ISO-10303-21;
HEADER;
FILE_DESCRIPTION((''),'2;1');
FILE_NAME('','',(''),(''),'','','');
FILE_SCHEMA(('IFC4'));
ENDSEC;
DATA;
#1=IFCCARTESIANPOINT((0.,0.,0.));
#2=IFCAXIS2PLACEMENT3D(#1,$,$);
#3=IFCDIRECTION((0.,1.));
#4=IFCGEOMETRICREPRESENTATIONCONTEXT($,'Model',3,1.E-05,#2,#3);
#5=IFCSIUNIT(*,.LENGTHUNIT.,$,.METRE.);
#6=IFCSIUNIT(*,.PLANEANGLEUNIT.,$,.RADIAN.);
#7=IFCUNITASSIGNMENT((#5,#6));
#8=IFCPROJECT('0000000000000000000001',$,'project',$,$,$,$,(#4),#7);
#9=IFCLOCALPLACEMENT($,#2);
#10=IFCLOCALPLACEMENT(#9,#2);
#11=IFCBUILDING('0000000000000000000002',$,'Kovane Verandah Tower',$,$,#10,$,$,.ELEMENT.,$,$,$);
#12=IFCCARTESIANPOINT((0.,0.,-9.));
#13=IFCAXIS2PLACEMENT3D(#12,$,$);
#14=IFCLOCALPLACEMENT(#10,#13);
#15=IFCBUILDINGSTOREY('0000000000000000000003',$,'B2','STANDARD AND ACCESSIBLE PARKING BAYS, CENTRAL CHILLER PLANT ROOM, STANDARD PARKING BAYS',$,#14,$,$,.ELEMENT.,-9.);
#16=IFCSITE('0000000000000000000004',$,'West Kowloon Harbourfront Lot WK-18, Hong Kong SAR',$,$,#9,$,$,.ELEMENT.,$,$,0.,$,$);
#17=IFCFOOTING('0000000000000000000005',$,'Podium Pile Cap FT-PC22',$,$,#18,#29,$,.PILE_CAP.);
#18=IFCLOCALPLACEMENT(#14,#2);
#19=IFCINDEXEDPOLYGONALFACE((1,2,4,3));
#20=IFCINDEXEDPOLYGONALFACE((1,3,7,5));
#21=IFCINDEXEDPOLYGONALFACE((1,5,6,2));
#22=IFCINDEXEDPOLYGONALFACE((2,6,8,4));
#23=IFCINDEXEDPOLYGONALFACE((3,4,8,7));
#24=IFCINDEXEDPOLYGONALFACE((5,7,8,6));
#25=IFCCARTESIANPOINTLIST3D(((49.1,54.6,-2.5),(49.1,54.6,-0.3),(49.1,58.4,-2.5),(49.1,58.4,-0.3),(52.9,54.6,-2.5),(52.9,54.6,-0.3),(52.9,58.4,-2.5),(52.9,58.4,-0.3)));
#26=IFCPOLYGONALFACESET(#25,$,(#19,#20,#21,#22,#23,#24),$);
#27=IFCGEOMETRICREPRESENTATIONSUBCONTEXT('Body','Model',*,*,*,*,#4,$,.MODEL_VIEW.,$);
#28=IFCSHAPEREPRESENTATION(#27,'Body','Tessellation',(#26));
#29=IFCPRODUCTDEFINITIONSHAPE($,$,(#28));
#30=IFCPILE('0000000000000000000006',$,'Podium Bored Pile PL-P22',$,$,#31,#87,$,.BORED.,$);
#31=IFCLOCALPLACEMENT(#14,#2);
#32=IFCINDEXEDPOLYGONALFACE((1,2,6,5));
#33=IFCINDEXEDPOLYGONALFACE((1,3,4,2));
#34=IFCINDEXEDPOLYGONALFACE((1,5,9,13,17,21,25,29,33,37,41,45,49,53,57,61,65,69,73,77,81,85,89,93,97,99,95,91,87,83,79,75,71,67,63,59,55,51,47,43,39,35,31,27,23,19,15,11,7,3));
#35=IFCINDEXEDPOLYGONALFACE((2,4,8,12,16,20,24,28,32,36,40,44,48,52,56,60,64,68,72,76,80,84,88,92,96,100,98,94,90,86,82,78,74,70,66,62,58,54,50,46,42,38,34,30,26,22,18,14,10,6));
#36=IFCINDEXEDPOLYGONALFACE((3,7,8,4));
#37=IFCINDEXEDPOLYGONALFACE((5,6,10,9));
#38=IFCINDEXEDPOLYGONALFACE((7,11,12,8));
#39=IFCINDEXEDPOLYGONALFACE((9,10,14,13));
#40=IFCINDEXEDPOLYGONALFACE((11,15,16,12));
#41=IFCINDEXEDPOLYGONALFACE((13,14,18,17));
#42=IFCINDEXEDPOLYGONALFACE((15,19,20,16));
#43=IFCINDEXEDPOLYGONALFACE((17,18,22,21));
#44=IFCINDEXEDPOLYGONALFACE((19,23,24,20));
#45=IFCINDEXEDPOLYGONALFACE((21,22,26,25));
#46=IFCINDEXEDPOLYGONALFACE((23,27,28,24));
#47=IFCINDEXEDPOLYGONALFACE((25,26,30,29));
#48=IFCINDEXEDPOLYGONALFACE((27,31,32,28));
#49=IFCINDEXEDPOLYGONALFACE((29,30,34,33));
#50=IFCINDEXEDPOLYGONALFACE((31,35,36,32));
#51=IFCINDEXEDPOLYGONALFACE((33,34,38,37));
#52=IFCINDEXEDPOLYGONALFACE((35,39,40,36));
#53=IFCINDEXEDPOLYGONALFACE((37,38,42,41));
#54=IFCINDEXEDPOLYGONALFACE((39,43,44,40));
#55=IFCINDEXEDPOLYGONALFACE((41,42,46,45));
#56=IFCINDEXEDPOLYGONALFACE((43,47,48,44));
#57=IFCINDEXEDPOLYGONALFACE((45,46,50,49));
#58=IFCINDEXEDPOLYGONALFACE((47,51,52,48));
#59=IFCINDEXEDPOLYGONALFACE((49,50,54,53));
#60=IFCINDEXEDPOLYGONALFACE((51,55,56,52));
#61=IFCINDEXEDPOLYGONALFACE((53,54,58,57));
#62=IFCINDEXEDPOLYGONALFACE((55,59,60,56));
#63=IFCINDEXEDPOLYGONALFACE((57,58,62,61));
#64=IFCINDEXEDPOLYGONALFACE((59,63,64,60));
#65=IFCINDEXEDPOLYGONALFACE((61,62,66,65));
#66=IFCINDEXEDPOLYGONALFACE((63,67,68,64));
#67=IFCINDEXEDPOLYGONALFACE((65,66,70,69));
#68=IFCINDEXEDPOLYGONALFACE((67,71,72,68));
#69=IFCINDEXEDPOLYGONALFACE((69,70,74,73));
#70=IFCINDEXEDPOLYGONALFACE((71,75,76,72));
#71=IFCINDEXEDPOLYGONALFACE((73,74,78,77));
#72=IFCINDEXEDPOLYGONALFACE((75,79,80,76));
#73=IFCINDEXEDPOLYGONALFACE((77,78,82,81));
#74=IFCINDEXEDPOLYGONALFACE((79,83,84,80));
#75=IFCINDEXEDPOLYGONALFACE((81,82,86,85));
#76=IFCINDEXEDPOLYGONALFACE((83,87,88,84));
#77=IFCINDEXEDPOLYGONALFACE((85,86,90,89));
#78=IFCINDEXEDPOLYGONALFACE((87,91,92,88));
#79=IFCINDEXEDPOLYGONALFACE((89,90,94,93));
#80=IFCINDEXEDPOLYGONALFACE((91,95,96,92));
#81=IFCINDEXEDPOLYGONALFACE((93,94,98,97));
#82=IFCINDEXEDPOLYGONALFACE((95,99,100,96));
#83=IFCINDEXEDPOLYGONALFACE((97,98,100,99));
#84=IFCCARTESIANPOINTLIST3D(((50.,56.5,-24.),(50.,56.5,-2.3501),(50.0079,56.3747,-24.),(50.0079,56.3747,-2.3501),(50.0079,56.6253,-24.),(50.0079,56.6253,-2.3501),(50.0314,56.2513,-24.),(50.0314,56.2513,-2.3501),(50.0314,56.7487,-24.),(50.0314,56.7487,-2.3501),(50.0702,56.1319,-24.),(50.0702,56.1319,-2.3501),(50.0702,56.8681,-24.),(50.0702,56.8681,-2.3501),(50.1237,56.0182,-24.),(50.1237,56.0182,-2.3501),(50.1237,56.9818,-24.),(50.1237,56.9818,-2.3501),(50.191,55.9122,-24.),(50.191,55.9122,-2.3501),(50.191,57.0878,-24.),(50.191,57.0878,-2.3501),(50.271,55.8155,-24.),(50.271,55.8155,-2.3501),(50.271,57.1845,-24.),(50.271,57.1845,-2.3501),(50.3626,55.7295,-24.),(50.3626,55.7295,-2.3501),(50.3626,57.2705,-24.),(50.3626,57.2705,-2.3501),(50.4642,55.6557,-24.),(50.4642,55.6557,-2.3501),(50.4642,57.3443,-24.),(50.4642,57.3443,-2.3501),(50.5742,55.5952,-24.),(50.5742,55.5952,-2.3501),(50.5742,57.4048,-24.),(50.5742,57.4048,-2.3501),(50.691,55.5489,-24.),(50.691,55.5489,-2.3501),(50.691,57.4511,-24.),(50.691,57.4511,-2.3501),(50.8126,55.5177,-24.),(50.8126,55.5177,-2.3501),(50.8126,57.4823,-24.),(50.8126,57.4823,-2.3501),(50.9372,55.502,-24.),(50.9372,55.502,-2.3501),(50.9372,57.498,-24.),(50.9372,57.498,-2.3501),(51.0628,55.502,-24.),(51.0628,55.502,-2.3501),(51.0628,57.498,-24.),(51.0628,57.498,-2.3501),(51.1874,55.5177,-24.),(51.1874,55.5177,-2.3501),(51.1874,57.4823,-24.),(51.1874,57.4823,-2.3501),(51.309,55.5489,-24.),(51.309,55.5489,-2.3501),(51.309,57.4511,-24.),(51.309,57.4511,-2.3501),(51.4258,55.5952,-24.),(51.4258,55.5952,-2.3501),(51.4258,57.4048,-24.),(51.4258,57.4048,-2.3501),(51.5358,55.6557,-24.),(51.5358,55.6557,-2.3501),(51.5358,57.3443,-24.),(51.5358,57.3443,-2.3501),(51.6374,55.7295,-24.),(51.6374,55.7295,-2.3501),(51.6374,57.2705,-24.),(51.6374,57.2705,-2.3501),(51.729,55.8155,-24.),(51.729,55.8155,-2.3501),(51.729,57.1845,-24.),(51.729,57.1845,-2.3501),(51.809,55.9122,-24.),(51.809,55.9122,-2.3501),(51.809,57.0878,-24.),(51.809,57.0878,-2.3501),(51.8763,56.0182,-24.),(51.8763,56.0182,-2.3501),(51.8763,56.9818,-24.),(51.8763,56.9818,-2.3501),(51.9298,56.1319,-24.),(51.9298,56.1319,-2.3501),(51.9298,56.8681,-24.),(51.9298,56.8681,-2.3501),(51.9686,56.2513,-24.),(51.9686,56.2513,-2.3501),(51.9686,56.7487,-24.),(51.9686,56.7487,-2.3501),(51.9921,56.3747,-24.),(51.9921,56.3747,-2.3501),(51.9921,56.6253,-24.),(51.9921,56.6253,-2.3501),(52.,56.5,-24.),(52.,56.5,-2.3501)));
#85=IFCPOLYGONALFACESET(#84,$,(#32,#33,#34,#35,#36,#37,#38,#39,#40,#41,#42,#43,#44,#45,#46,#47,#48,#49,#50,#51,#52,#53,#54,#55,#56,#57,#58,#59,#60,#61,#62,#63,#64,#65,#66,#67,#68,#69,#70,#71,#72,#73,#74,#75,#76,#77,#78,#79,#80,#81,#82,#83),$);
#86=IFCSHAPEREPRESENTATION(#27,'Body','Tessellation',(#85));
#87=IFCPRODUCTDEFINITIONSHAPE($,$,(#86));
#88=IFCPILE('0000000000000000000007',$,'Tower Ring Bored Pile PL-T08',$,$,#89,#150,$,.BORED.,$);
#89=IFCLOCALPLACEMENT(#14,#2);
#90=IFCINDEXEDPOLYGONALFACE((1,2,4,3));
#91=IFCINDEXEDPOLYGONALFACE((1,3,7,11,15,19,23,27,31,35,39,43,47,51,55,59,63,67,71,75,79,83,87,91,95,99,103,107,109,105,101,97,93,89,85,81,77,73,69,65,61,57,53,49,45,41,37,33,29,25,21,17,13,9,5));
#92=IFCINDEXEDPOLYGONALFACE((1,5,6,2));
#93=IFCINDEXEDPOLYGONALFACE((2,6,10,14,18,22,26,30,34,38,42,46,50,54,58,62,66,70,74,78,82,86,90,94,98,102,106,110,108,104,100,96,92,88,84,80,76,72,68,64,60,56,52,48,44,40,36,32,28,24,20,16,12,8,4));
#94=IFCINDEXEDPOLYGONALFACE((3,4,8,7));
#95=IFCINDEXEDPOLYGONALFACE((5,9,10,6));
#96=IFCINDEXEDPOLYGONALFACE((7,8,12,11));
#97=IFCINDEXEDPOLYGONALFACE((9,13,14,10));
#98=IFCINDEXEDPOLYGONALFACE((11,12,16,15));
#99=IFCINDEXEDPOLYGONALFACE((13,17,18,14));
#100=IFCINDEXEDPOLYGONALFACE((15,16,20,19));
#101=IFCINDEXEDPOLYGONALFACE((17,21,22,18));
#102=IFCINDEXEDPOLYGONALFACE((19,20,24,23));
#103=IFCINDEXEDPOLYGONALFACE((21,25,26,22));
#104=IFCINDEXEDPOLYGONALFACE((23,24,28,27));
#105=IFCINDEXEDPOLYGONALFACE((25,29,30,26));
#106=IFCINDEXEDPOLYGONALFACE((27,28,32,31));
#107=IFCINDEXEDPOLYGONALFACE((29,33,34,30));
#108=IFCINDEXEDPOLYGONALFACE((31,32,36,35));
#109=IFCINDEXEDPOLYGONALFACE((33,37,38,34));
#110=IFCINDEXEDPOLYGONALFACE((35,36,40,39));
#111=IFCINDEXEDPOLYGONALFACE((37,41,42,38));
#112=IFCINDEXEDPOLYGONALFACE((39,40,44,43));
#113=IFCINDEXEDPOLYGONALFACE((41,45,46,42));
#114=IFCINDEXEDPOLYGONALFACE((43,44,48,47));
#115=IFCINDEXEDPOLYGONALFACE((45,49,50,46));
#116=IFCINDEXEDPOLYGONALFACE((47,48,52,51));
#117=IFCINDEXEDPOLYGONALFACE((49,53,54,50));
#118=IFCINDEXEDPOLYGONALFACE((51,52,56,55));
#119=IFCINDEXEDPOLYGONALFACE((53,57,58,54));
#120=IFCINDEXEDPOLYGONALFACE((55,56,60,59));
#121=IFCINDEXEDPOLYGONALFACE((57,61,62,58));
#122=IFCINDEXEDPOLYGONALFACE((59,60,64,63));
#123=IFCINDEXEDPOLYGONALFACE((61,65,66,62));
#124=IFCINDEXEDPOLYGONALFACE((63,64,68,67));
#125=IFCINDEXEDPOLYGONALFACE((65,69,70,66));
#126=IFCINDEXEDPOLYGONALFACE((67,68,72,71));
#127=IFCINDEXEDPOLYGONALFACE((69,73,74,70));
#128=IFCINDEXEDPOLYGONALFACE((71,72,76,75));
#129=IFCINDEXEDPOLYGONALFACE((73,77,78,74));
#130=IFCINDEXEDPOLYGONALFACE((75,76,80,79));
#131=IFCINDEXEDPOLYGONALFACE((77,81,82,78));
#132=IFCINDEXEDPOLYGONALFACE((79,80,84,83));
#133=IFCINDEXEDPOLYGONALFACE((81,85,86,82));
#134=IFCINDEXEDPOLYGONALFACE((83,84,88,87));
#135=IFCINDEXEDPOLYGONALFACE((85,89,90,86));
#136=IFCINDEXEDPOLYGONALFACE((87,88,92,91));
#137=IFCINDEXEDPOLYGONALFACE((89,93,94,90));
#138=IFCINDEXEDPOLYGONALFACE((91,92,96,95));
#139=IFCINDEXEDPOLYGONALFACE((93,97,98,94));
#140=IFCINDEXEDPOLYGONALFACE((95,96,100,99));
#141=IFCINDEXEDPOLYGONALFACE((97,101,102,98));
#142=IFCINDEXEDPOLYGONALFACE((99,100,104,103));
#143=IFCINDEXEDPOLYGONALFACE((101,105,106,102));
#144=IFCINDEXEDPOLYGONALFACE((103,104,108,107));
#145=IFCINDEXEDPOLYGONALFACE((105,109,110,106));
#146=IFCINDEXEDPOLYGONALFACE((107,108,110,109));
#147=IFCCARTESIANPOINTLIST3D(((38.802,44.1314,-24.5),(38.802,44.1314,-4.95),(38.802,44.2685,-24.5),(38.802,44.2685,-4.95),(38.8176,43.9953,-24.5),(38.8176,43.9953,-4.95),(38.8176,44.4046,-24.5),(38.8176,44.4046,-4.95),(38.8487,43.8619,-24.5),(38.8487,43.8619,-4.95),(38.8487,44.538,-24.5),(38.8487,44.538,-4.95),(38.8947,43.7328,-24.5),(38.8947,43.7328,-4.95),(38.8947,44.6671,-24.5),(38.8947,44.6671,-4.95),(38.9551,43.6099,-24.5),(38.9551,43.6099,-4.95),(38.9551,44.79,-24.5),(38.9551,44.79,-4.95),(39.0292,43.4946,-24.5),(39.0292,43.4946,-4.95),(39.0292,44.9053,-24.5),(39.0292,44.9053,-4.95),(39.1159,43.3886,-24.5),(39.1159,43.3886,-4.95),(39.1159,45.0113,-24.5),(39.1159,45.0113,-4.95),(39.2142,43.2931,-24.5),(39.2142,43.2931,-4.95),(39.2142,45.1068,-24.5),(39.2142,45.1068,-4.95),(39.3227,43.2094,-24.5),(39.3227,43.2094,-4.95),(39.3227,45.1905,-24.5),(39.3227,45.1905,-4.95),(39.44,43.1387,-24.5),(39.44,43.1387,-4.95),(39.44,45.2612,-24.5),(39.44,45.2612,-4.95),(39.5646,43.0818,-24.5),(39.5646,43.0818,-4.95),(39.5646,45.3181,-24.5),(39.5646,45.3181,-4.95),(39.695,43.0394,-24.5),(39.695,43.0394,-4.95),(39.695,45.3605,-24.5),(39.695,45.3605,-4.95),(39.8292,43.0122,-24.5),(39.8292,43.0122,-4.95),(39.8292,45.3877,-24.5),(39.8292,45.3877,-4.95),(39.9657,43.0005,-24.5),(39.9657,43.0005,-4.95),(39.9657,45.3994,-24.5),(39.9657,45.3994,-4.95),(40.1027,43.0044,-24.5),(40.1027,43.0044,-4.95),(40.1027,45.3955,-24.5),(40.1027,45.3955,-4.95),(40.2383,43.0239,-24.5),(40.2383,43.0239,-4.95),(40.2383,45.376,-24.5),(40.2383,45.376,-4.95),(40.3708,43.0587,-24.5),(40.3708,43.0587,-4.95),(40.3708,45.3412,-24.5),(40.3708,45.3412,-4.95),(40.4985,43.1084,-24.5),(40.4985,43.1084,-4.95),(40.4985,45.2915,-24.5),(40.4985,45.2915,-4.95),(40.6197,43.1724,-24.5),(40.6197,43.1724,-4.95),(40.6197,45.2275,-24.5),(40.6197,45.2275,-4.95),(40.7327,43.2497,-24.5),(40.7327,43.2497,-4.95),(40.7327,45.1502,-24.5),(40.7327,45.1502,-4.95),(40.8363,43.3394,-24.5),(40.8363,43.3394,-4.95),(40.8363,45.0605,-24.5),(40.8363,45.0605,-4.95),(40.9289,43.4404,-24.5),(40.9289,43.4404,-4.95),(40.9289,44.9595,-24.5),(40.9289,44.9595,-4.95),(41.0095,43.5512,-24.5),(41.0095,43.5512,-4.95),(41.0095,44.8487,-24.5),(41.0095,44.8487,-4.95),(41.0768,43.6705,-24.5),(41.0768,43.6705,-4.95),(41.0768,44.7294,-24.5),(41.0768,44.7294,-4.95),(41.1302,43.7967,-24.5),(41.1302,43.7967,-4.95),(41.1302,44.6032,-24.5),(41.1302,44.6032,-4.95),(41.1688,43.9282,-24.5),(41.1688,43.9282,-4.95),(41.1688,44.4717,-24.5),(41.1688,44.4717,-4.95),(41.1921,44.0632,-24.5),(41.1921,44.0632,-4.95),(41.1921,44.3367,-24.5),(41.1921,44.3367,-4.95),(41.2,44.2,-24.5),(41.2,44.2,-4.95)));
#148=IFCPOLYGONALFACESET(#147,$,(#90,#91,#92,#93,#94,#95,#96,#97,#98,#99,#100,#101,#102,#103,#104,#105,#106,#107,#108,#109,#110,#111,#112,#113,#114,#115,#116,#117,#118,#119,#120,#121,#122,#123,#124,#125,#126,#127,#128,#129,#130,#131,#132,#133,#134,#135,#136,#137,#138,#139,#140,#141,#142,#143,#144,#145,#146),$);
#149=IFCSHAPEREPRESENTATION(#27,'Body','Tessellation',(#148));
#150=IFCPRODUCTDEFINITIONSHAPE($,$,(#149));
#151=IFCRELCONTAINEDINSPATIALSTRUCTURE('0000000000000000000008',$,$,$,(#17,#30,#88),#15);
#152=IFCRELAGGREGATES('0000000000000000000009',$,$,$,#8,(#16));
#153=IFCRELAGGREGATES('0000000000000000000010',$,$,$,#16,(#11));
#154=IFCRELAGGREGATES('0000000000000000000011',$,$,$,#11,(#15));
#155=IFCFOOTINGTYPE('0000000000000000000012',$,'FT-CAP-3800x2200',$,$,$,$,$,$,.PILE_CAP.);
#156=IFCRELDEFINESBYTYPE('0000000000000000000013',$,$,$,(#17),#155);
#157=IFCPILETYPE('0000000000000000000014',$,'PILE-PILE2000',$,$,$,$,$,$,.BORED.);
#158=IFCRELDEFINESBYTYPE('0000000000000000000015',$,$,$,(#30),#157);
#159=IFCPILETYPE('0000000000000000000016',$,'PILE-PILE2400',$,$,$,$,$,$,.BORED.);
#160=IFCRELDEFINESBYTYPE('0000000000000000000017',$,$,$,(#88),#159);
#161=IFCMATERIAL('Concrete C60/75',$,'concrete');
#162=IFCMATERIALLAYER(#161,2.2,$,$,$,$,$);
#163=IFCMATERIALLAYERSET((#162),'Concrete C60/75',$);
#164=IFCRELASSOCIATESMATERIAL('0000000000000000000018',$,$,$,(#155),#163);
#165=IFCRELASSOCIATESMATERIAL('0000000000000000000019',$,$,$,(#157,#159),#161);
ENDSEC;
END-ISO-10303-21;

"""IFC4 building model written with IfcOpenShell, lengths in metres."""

from ifc_helpers import new_model, si_unit, direction, frame, origin, origin_2d, place, context, subcontext, project, spatial, rectangle, circle, extrude, material, layer, layer_set, material_profile, profile_set, type_object, element, save


model = new_model("IFC4")

# Units and contexts
model_context = context("Model", 3, precision=1e-05, world=origin(), true_north=direction((0.0, 1.0)))
body_context = subcontext(model_context, "Body", "Model", "MODEL_VIEW")
ifc_project = project(units=[si_unit("LENGTHUNIT", "METRE"), si_unit("PLANEANGLEUNIT", "RADIAN")], contexts=[model_context])

# Site, building, storey
site_placement = place(None, origin())
site = spatial("IfcSite", under=ifc_project, at=site_placement, Name="West Kowloon Harbourfront Lot WK-18, Hong Kong SAR", CompositionType="ELEMENT", RefElevation=0.0)
building_placement = place(site_placement, origin())
building = spatial("IfcBuilding", under=site, at=building_placement, Name="Kovane Verandah Tower", CompositionType="ELEMENT")
storey_placement = place(building_placement, frame((0.0, 0.0, -9.0)))
storey = spatial("IfcBuildingStorey", under=building, at=storey_placement, Name="B2", Description="STANDARD AND ACCESSIBLE PARKING BAYS, CENTRAL CHILLER PLANT ROOM, STANDARD PARKING BAYS", CompositionType="ELEMENT", Elevation=-9.0)

# Footing
ifc_material_1 = material(Name="Concrete C60/75", Category="concrete")
ifc_layer_1 = layer(ifc_material_1, 2.2)
ifc_layer_set_1 = layer_set([ifc_layer_1], Name="Concrete C60/75")
footing_type = type_object("IfcFootingType", Name="FT-CAP-3800x2200", PredefinedType="PILE_CAP", material=ifc_layer_set_1)
footing_placement = place(storey_placement, frame((51.0, 56.5, -2.5), z_axis=(0.0, 0.0, 1.0), x_axis=(1.0, 0.0, 0.0)))
element("IfcFooting", 1, at=footing_placement, inside=storey, type_object=footing_type, Name="Podium Pile Cap FT-PC22", PredefinedType="PILE_CAP", context=body_context, shape_type="SweptSolid", body=[
    extrude(rectangle(XDim=3.8, YDim=3.8, at=origin_2d()), origin(), (0.0, 0.0, 1.0), 2.2),
])

# Piles
ifc_material_profile_1 = material_profile(ifc_material_1, circle(Radius=1.0, at=origin_2d()), Name="PILE2000")
ifc_profile_set_1 = profile_set([ifc_material_profile_1], Name="Concrete C60/75")
pile_type_1 = type_object("IfcPileType", Name="PILE-PILE2000", PredefinedType="BORED", material=ifc_profile_set_1)
pile_placement = place(storey_placement, frame((51.0, 56.5, -2.3501), z_axis=(0.0, 0.0, -1.0), x_axis=(1.0, 0.0, 0.0)))
element("IfcPile", 2, at=pile_placement, inside=storey, type_object=pile_type_1, Name="Podium Bored Pile PL-P22", PredefinedType="BORED", context=body_context, shape_type="SweptSolid", body=[
    extrude(circle(Radius=1.0, at=origin_2d()), origin(), (0.0, 0.0, 1.0), 21.6499),
])
ifc_material_profile_2 = material_profile(ifc_material_1, circle(Radius=1.2, at=origin_2d()), Name="PILE2400")
ifc_profile_set_2 = profile_set([ifc_material_profile_2], Name="Concrete C60/75")
pile_type_2 = type_object("IfcPileType", Name="PILE-PILE2400", PredefinedType="BORED", material=ifc_profile_set_2)
for number, where, z_axis, x_axis, name in (
    (3, (40.0, 44.2, -4.95), (0.0, 0.0, -1.0), (1.0, 0.0, 0.0), "Tower Ring Bored Pile PL-T08"),
):
    element("IfcPile", number, at=place(storey_placement, frame(where, z_axis=z_axis, x_axis=x_axis)), inside=storey, type_object=pile_type_2, Name=name, PredefinedType="BORED", context=body_context, shape_type="SweptSolid", body=[
        extrude(circle(Radius=1.2, at=origin_2d()), origin(), (0.0, 0.0, 1.0), 19.55),
    ])

save(model, "model.ifc")
